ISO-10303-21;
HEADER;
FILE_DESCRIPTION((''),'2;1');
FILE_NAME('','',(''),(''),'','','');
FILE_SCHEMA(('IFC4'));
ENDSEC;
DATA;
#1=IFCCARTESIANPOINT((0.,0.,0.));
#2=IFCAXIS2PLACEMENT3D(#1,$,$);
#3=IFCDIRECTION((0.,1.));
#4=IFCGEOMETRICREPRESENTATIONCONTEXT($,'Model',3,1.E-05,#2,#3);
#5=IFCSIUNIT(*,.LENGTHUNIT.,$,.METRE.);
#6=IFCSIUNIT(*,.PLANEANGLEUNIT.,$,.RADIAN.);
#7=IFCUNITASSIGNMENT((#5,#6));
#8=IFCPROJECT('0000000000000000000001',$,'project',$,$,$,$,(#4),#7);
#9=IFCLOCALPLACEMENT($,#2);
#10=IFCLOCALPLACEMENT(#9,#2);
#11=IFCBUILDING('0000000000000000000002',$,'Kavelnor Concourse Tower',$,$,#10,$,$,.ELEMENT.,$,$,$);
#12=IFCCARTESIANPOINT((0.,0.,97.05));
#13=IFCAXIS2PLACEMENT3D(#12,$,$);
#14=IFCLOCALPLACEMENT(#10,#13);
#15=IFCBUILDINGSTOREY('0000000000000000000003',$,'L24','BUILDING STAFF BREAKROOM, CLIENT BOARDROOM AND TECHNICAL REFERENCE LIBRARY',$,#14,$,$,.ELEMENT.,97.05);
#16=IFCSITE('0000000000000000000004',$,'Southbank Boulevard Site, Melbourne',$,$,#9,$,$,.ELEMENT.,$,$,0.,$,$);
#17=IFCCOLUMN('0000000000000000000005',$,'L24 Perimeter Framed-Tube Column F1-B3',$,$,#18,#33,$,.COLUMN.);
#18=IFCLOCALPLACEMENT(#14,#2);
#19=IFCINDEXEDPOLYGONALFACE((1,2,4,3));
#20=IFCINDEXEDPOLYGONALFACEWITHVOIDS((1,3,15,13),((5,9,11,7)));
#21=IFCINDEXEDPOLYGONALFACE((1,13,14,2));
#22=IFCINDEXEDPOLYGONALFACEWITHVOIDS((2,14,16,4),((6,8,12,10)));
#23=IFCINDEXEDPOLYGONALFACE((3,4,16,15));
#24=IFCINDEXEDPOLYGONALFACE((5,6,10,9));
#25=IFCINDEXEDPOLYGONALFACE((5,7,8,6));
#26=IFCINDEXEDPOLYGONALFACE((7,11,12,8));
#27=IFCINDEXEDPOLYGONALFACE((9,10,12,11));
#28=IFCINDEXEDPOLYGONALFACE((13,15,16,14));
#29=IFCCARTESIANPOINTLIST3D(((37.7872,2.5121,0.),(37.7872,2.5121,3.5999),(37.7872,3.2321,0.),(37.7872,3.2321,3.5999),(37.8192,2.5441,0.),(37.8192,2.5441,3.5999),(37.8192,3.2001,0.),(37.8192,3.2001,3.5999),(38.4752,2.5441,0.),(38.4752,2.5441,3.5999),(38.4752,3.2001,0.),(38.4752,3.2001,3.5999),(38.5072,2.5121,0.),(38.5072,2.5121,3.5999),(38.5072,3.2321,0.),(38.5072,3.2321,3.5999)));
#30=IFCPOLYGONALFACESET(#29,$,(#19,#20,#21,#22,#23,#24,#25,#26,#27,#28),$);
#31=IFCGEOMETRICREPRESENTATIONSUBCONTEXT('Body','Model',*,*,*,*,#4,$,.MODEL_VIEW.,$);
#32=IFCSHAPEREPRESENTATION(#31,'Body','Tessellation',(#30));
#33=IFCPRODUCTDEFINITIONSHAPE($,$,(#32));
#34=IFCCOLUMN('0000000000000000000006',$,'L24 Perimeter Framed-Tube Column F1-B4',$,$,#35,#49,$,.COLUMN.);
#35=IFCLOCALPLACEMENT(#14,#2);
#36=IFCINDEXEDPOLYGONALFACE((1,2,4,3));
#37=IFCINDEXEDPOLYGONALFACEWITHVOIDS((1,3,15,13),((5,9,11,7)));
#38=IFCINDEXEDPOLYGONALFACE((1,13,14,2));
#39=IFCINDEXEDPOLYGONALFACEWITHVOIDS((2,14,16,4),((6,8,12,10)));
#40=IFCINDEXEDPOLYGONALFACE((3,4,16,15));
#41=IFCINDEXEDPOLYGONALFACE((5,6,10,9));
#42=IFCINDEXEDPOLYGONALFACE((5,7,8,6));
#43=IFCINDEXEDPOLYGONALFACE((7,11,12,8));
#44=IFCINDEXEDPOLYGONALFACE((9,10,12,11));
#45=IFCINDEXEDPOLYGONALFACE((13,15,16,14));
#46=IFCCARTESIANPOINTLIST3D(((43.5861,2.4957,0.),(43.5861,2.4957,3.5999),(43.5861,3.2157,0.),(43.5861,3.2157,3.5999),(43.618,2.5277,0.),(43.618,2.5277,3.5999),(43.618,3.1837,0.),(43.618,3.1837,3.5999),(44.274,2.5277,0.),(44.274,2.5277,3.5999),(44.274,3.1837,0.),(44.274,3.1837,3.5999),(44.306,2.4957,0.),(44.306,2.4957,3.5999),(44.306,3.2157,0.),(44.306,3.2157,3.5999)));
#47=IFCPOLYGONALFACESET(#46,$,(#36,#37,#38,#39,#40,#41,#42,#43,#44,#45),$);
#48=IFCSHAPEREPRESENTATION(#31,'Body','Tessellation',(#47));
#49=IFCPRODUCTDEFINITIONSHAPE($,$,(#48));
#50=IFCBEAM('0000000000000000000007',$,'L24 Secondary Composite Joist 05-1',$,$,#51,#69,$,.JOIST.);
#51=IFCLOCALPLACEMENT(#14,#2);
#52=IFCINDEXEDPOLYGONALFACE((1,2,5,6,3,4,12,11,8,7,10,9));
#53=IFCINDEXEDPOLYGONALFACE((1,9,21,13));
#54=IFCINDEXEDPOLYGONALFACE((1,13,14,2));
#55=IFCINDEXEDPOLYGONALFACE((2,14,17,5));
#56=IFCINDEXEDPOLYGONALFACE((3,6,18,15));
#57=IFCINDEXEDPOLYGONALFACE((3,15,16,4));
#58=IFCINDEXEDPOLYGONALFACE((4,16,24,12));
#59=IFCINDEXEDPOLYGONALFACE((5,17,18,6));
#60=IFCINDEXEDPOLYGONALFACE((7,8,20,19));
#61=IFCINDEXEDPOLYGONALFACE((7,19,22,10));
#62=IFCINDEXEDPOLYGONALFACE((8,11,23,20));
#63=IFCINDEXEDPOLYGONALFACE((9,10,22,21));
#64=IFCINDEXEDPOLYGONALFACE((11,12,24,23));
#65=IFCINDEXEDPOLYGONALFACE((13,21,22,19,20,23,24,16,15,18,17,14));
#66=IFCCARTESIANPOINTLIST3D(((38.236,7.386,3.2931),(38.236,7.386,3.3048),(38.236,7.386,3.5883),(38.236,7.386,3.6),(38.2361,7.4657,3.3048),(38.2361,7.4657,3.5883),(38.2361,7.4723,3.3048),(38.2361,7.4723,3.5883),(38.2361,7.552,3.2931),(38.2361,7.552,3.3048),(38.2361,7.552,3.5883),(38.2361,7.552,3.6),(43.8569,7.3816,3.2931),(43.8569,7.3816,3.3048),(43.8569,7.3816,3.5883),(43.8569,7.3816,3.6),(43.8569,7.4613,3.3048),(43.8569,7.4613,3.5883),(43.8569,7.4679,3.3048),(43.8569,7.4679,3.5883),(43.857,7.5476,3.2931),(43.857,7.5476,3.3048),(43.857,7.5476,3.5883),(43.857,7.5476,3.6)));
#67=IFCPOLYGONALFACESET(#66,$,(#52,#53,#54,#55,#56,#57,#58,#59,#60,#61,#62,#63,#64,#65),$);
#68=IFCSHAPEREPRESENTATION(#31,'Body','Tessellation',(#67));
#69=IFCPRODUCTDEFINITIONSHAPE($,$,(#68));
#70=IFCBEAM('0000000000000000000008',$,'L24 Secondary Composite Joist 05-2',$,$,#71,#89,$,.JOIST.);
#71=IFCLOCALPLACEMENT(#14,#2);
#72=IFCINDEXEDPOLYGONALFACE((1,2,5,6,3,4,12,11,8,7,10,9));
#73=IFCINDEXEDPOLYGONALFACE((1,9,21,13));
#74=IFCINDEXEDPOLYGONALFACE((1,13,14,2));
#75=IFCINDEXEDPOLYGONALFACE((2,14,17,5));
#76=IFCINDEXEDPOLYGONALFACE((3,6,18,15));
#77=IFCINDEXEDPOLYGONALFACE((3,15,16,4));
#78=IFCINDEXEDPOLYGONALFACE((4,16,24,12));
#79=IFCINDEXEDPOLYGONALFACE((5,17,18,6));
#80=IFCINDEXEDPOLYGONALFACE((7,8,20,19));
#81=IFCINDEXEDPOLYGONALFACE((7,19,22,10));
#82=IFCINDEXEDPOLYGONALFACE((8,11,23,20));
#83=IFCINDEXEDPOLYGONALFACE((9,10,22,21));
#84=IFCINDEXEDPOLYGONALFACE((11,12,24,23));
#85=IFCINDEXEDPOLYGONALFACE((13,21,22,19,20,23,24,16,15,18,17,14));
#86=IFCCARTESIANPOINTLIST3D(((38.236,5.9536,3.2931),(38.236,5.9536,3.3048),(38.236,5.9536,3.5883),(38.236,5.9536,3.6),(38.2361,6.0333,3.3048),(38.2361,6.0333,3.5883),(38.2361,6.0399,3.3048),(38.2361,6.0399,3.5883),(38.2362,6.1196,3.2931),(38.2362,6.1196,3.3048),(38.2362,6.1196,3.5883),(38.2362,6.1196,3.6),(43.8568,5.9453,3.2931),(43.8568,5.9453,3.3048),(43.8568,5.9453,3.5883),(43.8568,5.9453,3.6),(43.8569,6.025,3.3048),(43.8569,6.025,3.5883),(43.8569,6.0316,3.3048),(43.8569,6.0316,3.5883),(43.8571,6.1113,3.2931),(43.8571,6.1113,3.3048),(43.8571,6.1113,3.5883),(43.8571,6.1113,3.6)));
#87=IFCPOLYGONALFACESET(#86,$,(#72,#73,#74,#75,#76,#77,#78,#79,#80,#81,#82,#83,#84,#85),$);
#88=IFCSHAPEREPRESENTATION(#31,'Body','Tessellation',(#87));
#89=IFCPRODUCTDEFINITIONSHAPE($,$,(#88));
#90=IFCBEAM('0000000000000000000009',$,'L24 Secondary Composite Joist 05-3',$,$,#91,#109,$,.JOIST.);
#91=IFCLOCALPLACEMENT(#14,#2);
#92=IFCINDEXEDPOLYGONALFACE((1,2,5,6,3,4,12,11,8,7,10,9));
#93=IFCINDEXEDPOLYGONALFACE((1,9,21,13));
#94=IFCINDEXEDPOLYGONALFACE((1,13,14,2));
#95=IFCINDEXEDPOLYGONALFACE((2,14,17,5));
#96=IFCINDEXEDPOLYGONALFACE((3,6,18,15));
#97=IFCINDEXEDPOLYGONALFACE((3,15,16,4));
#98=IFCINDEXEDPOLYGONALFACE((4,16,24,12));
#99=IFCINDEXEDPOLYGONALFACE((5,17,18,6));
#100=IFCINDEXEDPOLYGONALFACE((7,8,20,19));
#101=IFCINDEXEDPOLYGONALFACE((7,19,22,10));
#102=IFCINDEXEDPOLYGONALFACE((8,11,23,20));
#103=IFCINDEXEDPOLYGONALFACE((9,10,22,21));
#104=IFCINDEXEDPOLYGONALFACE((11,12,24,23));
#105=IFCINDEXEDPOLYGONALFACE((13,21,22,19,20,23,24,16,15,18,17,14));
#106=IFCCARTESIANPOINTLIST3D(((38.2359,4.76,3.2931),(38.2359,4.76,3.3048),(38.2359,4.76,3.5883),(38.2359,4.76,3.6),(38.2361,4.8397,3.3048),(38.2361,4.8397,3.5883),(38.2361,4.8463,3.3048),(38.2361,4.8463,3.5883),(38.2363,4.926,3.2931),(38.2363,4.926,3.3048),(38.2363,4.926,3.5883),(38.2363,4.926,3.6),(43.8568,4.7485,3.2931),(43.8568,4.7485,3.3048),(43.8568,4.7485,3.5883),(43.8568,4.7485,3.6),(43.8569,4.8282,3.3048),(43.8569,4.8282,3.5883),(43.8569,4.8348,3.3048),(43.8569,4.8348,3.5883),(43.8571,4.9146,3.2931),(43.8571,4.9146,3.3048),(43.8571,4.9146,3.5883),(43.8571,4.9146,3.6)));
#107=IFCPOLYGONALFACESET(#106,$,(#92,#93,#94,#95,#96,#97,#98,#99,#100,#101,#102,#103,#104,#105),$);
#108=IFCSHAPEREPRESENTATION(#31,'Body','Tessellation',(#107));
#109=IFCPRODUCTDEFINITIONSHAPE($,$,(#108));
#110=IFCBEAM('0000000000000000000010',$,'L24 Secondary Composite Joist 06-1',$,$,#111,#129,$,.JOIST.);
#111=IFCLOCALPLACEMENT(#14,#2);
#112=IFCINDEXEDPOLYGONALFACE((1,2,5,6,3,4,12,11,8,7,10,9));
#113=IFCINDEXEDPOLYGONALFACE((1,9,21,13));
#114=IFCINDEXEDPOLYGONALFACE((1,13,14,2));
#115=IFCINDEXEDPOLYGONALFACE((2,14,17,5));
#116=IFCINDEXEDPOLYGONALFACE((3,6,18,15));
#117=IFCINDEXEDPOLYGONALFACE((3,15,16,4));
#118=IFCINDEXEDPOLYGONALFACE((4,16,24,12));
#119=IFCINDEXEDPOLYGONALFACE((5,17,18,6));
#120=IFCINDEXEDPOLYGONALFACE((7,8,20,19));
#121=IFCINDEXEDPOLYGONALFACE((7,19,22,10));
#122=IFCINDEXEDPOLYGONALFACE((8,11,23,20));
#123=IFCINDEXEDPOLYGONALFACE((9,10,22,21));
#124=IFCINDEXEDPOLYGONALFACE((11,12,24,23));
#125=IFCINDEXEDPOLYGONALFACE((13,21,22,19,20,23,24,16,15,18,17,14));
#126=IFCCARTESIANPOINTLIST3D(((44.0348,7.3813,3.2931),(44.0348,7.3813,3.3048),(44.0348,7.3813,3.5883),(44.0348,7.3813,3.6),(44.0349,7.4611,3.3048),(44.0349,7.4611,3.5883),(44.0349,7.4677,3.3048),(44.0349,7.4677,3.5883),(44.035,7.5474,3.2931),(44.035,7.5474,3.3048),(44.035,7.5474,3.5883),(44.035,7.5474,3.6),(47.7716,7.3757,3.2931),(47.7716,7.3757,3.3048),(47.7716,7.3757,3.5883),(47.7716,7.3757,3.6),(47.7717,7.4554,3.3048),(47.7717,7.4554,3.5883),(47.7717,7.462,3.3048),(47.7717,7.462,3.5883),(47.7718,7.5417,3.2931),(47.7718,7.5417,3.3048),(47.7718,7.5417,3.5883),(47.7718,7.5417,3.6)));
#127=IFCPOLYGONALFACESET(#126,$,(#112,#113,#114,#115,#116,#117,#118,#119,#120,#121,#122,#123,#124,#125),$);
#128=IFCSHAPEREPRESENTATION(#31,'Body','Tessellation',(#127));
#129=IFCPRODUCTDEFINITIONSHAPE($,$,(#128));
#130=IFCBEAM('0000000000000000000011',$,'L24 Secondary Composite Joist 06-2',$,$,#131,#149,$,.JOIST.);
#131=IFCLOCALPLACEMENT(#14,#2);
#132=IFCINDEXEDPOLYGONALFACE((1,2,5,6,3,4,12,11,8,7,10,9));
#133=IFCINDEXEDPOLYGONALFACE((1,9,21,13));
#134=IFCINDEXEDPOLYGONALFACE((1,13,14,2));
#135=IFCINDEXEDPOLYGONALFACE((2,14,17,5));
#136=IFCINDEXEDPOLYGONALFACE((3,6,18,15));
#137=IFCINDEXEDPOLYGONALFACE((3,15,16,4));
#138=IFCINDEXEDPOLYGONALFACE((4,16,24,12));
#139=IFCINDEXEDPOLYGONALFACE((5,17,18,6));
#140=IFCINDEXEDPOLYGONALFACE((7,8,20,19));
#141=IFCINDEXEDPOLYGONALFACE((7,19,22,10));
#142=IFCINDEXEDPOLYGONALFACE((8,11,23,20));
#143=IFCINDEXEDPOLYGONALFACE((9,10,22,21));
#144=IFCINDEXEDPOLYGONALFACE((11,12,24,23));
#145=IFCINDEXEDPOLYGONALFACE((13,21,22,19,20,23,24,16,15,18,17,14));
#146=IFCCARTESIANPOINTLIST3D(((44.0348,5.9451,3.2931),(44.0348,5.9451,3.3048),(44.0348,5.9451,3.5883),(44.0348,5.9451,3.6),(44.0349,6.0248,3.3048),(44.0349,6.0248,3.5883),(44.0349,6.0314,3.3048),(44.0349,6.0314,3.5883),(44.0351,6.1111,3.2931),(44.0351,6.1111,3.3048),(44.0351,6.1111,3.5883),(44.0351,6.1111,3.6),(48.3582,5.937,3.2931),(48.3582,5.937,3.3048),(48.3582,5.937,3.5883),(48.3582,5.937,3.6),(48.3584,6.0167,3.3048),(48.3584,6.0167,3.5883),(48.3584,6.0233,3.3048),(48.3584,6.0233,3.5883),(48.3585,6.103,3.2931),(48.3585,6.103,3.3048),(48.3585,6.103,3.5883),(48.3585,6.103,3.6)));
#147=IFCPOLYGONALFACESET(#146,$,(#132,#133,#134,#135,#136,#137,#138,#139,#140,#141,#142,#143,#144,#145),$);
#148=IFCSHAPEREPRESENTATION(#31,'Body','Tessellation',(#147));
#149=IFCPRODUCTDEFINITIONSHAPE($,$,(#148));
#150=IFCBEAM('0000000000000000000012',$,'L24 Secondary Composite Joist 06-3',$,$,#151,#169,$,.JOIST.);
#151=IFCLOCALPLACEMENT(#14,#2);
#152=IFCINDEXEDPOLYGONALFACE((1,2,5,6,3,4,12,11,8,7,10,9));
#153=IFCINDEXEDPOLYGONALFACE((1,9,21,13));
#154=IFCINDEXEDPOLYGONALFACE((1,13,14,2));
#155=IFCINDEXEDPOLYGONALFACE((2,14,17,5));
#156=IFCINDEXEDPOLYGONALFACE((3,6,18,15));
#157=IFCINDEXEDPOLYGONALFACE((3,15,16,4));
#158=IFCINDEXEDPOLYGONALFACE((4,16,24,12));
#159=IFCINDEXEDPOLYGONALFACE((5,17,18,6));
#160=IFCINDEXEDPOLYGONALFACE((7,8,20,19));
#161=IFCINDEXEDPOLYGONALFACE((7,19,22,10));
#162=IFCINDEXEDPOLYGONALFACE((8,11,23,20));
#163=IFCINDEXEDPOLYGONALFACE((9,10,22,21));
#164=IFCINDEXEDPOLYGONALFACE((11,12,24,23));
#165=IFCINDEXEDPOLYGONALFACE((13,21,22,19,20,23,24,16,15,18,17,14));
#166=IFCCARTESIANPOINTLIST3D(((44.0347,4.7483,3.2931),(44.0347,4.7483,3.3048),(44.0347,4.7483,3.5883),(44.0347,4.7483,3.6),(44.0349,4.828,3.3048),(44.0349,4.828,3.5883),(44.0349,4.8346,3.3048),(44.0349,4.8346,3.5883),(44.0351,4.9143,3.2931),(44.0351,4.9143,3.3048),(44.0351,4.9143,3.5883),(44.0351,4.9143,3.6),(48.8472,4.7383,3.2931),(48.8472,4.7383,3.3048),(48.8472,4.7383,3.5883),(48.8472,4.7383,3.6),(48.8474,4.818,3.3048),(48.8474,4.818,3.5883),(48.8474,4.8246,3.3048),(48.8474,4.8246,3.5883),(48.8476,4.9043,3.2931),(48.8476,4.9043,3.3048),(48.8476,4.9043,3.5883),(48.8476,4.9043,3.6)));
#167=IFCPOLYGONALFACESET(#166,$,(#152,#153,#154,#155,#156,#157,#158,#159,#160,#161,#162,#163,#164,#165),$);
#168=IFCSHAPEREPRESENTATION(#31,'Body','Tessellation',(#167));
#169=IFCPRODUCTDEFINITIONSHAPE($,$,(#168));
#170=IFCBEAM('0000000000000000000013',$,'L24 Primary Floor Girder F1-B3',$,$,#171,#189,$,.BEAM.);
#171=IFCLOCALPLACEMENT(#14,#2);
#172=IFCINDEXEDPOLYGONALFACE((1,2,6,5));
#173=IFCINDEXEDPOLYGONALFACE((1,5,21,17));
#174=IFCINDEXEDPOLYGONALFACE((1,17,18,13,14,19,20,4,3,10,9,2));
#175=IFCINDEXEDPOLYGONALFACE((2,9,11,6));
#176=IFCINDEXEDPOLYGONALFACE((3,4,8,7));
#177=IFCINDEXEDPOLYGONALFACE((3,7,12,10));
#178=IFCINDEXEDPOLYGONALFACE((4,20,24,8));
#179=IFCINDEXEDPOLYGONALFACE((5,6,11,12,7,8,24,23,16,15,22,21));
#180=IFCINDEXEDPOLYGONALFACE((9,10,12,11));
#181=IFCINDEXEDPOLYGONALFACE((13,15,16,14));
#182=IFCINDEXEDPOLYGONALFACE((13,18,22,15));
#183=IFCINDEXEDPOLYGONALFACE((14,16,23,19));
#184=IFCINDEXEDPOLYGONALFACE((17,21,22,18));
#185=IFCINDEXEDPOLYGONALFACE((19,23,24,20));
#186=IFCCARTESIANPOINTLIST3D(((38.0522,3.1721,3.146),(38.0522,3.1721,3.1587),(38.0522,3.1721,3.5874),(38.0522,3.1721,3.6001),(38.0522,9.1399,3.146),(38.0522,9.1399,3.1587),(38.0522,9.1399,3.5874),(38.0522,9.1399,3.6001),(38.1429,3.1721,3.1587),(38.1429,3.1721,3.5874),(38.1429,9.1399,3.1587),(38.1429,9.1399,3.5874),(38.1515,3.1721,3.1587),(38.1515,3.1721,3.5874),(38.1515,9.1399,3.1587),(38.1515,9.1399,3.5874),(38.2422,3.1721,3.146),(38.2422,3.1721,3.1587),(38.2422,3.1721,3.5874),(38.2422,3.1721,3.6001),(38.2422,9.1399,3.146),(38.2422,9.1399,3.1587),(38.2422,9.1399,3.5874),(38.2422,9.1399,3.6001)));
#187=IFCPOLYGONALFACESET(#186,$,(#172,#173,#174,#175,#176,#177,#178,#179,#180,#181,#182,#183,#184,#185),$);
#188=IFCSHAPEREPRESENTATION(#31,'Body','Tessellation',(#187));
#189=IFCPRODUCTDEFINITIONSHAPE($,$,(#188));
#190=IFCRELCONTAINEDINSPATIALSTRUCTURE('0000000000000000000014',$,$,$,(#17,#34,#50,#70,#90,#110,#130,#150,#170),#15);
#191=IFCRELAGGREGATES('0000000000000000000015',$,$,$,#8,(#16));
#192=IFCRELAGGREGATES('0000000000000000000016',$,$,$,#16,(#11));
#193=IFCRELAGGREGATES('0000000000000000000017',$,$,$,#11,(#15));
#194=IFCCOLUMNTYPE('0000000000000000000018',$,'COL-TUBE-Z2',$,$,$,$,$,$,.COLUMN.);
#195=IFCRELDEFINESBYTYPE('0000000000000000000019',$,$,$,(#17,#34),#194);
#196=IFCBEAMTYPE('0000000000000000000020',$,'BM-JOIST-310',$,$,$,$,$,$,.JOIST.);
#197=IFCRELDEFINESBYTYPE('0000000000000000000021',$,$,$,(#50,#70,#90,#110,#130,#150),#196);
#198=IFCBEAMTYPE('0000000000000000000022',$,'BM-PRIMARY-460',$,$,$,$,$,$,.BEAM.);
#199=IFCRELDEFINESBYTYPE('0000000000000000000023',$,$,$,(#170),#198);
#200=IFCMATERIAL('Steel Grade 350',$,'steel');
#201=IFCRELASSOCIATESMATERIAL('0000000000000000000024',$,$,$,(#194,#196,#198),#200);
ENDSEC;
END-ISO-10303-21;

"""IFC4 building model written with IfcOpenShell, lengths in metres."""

from ifc_helpers import new_model, si_unit, direction, frame, origin, origin_2d, place, context, subcontext, project, spatial, hollow_rectangle, i_section, extrude, material, material_profile, profile_set, type_object, element, save


model = new_model("IFC4")

# Units and contexts
model_context = context("Model", 3, precision=1e-05, world=origin(), true_north=direction((0.0, 1.0)))
body_context = subcontext(model_context, "Body", "Model", "MODEL_VIEW")
ifc_project = project(units=[si_unit("LENGTHUNIT", "METRE"), si_unit("PLANEANGLEUNIT", "RADIAN")], contexts=[model_context])

# Site, building, storey
site_placement = place(None, origin())
site = spatial("IfcSite", under=ifc_project, at=site_placement, Name="Southbank Boulevard Site, Melbourne", CompositionType="ELEMENT", RefElevation=0.0)
building_placement = place(site_placement, origin())
building = spatial("IfcBuilding", under=site, at=building_placement, Name="Kavelnor Concourse Tower", CompositionType="ELEMENT")
storey_placement = place(building_placement, frame((0.0, 0.0, 97.05)))
storey = spatial("IfcBuildingStorey", under=building, at=storey_placement, Name="L24", Description="BUILDING STAFF BREAKROOM, CLIENT BOARDROOM AND TECHNICAL REFERENCE LIBRARY", CompositionType="ELEMENT", Elevation=97.05)

# Columns
ifc_material_1 = material(Name="Steel Grade 350", Category="steel")
ifc_material_profile_1 = material_profile(ifc_material_1, hollow_rectangle(XDim=0.72, YDim=0.72, WallThickness=0.032, at=origin_2d()), Name="SHS 720x720x32")
ifc_profile_set_1 = profile_set([ifc_material_profile_1], Name="Steel Grade 350")
column_type = type_object("IfcColumnType", Name="COL-TUBE-Z2", PredefinedType="COLUMN", material=ifc_profile_set_1)
for number, where, z_axis, x_axis, name in (
    (1, (38.1472, 2.8721, 0.0), (0.0, 0.0, 1.0), (1.0, 0.0, 0.0), "L24 Perimeter Framed-Tube Column F1-B3"),
    (2, (43.946, 2.8557, 0.0), (0.0, 0.0, 1.0), (1.0, 0.0, 0.0), "L24 Perimeter Framed-Tube Column F1-B4"),
):
    element("IfcColumn", number, at=place(storey_placement, frame(where, z_axis=z_axis, x_axis=x_axis)), inside=storey, type_object=column_type, Name=name, PredefinedType="COLUMN", context=body_context, shape_type="SweptSolid", body=[
        extrude(hollow_rectangle(XDim=0.72, YDim=0.72, WallThickness=0.032, at=origin_2d()), origin(), (0.0, 0.0, 1.0), 3.5999),
    ])

# Beams
ifc_material_profile_2 = material_profile(ifc_material_1, i_section(OverallWidth=0.166, OverallDepth=0.3069, WebThickness=0.0066, FlangeThickness=0.0117, at=origin_2d()), Name="310UB46")
ifc_profile_set_2 = profile_set([ifc_material_profile_2], Name="Steel Grade 350")
beam_type_1 = type_object("IfcBeamType", Name="BM-JOIST-310", PredefinedType="JOIST", material=ifc_profile_set_2)
for number, where, z_axis, x_axis, name in (
    (3, (38.2361, 7.469, 3.4465), (1.0, -0.000782, 0.0), (0.000782, 1.0, 0.0), "L24 Secondary Composite Joist 05-1"),
    (4, (38.2361, 6.0366, 3.4465), (0.999999, -0.001477, 0.0), (0.001477, 0.999999, 0.0), "L24 Secondary Composite Joist 05-2"),
    (5, (38.2361, 4.843, 3.4465), (0.999998, -0.002041, 0.0), (0.002041, 0.999998, 0.0), "L24 Secondary Composite Joist 05-3"),
):
    element("IfcBeam", number, at=place(storey_placement, frame(where, z_axis=z_axis, x_axis=x_axis)), inside=storey, type_object=beam_type_1, Name=name, PredefinedType="JOIST", context=body_context, shape_type="SweptSolid", body=[
        extrude(i_section(OverallWidth=0.166, OverallDepth=0.3069, WebThickness=0.0066, FlangeThickness=0.0117, at=origin_2d()), origin(), (0.0, 0.0, 1.0), 5.6208),
    ])
beam_1_placement = place(storey_placement, frame((44.0349, 7.4644, 3.4465), z_axis=(0.999999, -0.001503, 0.0), x_axis=(0.001503, 0.999999, 0.0)))
element("IfcBeam", 6, at=beam_1_placement, inside=storey, type_object=beam_type_1, Name="L24 Secondary Composite Joist 06-1", PredefinedType="JOIST", context=body_context, shape_type="SweptSolid", body=[
    extrude(i_section(OverallWidth=0.166, OverallDepth=0.3069, WebThickness=0.0066, FlangeThickness=0.0117, at=origin_2d()), origin(), (0.0, 0.0, 1.0), 3.7368),
])
beam_2_placement = place(storey_placement, frame((44.0349, 6.0281, 3.4465), z_axis=(0.999998, -0.001863, 0.0), x_axis=(0.001863, 0.999998, 0.0)))
element("IfcBeam", 7, at=beam_2_placement, inside=storey, type_object=beam_type_1, Name="L24 Secondary Composite Joist 06-2", PredefinedType="JOIST", context=body_context, shape_type="SweptSolid", body=[
    extrude(i_section(OverallWidth=0.166, OverallDepth=0.3069, WebThickness=0.0066, FlangeThickness=0.0117, at=origin_2d()), origin(), (0.0, 0.0, 1.0), 4.3235),
])
beam_3_placement = place(storey_placement, frame((44.0349, 4.8313, 3.4465), z_axis=(0.999998, -0.00208, 0.0), x_axis=(0.00208, 0.999998, 0.0)))
element("IfcBeam", 8, at=beam_3_placement, inside=storey, type_object=beam_type_1, Name="L24 Secondary Composite Joist 06-3", PredefinedType="JOIST", context=body_context, shape_type="SweptSolid", body=[
    extrude(i_section(OverallWidth=0.166, OverallDepth=0.3069, WebThickness=0.0066, FlangeThickness=0.0117, at=origin_2d()), origin(), (0.0, 0.0, 1.0), 4.8125),
])
ifc_material_profile_3 = material_profile(ifc_material_1, i_section(OverallWidth=0.1899, OverallDepth=0.4541, WebThickness=0.0085, FlangeThickness=0.0127, at=origin_2d()), Name="460UB67")
ifc_profile_set_3 = profile_set([ifc_material_profile_3], Name="Steel Grade 350")
beam_type_2 = type_object("IfcBeamType", Name="BM-PRIMARY-460", PredefinedType="BEAM", material=ifc_profile_set_3)
beam_4_placement = place(storey_placement, frame((38.1472, 9.1399, 3.373), z_axis=(0.0, -1.0, 0.0), x_axis=(1.0, 0.0, 0.0)))
element("IfcBeam", 9, at=beam_4_placement, inside=storey, type_object=beam_type_2, Name="L24 Primary Floor Girder F1-B3", PredefinedType="BEAM", context=body_context, shape_type="SweptSolid", body=[
    extrude(i_section(OverallWidth=0.1899, OverallDepth=0.4541, WebThickness=0.0085, FlangeThickness=0.0127, at=origin_2d()), origin(), (0.0, 0.0, 1.0), 5.9678),
])

save(model, "model.ifc")
